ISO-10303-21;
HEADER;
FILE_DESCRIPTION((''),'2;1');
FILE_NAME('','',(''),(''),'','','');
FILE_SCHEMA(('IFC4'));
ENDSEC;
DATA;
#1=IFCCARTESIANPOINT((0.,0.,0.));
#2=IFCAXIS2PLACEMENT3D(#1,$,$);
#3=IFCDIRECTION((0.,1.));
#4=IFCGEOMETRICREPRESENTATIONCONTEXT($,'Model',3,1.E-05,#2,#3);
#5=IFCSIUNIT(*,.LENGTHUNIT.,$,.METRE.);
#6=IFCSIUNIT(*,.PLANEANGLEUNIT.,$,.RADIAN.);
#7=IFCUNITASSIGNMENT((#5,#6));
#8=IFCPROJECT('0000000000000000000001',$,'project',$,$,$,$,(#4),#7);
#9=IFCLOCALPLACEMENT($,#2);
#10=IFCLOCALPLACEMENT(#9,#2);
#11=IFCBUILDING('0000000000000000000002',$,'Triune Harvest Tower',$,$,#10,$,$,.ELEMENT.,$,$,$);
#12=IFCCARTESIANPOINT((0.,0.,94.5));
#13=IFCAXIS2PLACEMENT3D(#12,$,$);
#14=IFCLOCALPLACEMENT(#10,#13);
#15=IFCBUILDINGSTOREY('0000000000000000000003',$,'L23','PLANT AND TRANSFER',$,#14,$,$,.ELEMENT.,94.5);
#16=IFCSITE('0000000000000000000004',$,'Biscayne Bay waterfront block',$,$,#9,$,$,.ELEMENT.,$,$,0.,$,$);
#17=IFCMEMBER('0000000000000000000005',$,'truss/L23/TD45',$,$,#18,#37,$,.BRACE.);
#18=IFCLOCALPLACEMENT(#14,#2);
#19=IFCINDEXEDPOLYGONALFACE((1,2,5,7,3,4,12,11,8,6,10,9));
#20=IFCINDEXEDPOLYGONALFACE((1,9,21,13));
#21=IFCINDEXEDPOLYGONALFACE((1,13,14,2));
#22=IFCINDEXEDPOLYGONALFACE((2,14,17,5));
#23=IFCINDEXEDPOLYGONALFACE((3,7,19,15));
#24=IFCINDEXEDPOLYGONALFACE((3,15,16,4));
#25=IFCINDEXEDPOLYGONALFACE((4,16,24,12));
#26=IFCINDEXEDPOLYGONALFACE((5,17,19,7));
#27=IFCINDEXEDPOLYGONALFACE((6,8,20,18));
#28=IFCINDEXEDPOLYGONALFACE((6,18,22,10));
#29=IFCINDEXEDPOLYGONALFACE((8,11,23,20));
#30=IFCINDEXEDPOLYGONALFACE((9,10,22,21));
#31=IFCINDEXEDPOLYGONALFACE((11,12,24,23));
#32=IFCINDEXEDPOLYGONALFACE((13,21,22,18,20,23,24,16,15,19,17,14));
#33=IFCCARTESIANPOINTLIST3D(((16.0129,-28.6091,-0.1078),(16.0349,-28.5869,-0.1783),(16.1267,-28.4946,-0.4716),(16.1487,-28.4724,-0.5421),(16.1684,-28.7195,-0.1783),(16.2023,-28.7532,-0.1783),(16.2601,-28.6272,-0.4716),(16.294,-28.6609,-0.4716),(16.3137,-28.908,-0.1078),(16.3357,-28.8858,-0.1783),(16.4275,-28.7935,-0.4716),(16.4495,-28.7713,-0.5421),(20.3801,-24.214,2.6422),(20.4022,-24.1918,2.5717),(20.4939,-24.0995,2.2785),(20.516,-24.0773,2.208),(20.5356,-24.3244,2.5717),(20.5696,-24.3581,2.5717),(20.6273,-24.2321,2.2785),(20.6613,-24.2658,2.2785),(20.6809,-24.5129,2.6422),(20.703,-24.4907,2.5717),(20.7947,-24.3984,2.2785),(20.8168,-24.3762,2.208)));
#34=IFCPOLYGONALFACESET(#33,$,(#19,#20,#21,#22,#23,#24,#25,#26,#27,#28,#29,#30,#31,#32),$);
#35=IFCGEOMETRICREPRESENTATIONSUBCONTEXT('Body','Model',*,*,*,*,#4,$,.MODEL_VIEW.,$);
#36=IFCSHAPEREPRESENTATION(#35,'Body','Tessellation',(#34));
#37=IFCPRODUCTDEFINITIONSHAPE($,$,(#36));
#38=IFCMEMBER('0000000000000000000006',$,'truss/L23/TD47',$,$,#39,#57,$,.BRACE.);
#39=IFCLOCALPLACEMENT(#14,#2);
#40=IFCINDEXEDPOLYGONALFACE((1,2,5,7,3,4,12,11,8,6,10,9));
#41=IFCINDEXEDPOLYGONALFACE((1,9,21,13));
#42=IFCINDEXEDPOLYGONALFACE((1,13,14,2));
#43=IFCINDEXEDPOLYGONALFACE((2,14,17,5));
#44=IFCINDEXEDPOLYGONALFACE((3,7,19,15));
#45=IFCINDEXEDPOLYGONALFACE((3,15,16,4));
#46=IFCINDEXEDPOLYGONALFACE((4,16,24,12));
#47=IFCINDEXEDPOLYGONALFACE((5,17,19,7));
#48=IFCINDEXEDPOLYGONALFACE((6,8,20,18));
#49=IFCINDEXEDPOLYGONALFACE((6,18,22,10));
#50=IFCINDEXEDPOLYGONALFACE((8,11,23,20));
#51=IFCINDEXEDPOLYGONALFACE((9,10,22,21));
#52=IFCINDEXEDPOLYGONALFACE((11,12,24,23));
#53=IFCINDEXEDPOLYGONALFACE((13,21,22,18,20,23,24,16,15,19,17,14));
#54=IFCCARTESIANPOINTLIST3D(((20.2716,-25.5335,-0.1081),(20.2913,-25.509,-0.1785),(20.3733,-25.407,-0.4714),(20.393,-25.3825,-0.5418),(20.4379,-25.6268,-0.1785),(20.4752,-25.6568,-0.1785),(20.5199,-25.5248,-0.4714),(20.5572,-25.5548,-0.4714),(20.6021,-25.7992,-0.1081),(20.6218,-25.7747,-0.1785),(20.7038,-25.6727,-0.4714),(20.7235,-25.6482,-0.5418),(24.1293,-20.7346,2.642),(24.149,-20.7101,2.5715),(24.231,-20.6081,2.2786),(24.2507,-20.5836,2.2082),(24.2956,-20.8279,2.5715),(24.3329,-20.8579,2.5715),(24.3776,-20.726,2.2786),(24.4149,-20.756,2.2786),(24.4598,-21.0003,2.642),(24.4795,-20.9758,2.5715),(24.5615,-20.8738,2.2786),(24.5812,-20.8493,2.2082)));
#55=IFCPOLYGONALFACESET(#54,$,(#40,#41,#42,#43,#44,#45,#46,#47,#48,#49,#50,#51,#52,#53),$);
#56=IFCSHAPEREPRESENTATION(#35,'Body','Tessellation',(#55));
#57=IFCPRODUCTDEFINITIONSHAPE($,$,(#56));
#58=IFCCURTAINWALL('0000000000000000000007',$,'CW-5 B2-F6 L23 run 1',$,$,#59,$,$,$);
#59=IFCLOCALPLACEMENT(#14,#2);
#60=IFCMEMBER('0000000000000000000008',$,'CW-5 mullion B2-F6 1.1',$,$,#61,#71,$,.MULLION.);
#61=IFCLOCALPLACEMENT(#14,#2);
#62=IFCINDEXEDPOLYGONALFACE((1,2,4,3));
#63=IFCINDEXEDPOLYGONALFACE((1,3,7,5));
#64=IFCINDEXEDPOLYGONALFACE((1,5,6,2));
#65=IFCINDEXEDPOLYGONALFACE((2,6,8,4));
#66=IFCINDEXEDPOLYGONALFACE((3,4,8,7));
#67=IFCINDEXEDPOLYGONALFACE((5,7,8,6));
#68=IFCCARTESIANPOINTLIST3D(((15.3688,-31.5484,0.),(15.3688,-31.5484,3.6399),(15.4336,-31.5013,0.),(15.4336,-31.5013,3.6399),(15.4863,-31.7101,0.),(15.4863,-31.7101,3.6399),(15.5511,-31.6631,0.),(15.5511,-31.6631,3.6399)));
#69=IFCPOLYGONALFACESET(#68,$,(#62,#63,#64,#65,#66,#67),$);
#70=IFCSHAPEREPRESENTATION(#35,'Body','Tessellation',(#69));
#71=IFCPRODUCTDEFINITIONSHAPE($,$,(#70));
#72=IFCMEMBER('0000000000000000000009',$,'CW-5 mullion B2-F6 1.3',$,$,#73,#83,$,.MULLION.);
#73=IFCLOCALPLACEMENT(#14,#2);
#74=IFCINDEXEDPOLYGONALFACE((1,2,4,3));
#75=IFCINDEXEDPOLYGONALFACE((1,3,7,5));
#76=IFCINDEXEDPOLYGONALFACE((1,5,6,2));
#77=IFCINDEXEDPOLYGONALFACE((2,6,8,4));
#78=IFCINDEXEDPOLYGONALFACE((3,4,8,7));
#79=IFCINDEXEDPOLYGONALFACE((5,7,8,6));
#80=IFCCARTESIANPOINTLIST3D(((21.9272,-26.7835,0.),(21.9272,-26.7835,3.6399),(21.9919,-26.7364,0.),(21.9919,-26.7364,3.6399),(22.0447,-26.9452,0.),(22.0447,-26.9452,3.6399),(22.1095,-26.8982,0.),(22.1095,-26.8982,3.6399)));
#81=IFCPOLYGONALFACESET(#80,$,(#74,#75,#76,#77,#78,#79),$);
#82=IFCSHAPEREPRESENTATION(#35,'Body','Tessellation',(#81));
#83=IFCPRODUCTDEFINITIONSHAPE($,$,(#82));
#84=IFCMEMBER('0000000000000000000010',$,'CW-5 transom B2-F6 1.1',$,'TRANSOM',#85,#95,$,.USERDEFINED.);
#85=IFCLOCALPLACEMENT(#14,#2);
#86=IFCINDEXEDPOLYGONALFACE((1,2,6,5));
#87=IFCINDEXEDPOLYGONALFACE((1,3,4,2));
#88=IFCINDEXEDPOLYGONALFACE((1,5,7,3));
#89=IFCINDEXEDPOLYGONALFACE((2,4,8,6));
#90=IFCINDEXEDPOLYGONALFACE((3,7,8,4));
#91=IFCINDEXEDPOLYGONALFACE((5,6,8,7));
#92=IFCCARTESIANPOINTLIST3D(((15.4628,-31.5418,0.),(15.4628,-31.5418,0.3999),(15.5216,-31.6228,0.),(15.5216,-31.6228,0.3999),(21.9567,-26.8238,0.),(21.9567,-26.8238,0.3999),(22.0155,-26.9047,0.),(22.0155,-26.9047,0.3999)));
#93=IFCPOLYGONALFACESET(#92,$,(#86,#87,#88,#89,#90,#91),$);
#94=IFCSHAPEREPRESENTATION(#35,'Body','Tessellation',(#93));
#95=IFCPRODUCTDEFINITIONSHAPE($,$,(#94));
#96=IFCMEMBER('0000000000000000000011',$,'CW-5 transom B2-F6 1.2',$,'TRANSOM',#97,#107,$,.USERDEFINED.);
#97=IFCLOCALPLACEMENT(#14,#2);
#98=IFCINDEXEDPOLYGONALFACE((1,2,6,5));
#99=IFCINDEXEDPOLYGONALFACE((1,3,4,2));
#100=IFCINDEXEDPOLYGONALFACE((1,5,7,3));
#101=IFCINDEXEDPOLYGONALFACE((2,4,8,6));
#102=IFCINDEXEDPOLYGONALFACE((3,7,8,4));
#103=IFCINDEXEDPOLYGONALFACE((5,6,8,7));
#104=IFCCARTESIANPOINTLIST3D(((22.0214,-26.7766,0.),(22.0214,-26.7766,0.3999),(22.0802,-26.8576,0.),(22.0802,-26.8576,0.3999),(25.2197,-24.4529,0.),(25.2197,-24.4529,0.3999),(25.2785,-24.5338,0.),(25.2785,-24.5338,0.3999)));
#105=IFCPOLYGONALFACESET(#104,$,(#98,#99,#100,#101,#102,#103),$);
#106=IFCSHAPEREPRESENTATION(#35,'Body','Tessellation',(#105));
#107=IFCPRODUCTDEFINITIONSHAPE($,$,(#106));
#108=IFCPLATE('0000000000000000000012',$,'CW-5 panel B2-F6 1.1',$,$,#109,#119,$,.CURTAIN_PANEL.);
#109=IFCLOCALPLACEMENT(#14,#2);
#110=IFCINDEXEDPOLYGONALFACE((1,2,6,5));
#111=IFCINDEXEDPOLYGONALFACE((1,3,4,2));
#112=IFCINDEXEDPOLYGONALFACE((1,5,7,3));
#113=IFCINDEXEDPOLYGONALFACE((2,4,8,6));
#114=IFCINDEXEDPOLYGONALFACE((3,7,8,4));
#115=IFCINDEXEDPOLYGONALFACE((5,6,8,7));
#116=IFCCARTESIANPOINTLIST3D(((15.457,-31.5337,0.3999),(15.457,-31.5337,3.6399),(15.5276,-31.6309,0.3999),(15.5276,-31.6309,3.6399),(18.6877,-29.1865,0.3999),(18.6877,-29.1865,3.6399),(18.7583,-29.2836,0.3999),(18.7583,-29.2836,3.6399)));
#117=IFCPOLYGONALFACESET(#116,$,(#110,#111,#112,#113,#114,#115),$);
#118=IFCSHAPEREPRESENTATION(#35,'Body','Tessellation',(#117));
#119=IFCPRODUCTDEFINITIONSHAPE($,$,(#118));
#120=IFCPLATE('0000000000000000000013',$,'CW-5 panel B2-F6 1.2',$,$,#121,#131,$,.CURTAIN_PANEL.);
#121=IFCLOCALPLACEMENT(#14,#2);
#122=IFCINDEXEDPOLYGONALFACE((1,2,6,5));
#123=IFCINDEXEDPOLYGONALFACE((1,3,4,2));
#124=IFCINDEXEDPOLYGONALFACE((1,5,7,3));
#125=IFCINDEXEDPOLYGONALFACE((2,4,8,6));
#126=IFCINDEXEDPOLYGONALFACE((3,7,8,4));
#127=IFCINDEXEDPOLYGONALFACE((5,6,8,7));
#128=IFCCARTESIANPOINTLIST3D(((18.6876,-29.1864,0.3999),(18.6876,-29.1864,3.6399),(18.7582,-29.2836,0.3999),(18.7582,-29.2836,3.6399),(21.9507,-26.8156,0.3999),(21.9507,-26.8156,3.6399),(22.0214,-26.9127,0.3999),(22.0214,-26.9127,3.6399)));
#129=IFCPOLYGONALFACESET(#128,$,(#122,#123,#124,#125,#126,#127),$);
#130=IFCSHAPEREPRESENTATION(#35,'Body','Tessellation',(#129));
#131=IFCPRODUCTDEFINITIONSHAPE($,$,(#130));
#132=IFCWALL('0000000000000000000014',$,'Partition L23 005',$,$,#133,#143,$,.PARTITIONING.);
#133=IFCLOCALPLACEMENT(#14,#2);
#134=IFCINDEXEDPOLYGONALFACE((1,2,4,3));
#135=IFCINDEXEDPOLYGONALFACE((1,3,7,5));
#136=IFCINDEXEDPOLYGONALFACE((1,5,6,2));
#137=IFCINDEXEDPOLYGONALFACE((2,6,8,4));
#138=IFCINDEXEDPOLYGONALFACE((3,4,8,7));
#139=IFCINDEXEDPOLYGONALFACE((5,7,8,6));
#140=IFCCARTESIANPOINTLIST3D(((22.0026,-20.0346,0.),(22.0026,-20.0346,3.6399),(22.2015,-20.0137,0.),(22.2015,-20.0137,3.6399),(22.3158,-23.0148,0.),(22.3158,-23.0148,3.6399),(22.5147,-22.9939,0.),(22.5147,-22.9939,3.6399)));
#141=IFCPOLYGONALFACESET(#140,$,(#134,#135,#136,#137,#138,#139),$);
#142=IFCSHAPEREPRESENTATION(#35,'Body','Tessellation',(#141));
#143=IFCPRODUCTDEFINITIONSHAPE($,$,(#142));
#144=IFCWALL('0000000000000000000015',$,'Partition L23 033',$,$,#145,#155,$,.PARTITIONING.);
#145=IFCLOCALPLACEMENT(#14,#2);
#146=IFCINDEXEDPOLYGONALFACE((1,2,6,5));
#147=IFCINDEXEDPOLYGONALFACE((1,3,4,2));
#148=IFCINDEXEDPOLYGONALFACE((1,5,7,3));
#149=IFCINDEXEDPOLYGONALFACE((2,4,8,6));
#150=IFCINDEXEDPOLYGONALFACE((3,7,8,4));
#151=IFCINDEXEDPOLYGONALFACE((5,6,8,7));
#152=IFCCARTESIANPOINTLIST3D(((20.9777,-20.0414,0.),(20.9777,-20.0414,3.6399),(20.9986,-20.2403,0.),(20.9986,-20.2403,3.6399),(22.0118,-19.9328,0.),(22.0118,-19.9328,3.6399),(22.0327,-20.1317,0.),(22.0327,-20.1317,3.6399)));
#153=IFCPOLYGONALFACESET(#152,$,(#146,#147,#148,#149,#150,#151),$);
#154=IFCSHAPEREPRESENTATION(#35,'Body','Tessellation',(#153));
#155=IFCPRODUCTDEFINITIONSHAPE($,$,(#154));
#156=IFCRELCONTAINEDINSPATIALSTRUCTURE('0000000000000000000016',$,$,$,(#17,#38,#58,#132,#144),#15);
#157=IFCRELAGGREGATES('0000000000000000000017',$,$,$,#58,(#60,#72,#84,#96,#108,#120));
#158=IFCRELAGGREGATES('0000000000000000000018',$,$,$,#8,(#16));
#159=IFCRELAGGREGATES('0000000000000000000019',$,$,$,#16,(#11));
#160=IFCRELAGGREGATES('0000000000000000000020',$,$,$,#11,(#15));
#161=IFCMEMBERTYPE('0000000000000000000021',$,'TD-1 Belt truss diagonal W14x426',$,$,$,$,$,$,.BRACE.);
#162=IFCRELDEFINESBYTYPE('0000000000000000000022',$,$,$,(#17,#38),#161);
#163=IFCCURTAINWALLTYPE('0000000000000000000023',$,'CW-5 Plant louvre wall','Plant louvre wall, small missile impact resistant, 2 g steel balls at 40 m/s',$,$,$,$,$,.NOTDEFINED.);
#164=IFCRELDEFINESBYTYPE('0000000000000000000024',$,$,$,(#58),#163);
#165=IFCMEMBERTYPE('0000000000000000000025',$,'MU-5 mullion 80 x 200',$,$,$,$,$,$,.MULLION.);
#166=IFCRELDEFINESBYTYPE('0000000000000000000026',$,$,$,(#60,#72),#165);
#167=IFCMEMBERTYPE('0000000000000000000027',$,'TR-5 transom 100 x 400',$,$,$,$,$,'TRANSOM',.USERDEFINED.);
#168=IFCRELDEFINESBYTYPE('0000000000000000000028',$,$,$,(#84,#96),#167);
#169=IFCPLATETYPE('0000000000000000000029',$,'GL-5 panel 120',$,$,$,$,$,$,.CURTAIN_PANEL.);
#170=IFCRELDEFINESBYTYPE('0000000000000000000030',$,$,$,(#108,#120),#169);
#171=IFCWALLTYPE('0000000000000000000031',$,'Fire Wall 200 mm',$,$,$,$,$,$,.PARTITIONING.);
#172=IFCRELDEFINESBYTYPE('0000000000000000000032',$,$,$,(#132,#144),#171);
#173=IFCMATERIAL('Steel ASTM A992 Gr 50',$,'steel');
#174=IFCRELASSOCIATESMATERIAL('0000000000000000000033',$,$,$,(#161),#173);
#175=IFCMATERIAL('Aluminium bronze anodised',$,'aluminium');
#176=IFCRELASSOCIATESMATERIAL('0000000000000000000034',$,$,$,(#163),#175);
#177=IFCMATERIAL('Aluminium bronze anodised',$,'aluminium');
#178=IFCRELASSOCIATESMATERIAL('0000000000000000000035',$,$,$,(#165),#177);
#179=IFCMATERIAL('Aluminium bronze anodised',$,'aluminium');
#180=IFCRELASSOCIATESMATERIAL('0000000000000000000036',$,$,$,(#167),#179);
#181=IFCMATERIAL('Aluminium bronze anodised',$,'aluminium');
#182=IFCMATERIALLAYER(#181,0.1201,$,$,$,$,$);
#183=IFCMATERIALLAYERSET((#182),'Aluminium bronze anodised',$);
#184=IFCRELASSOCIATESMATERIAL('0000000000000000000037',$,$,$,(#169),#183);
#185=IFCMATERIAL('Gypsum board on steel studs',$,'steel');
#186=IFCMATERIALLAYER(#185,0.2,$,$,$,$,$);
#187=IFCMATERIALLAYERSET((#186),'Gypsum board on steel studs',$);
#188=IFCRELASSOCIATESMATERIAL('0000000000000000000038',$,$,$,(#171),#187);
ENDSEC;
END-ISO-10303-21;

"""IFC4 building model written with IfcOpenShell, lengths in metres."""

from ifc_helpers import new_model, si_unit, direction, frame, frame_2d, origin, origin_2d, place, context, subcontext, project, spatial, rectangle, i_section, extrude, source, transform, mapped, material, layer, layer_set, material_profile, profile_set, type_object, element, aggregate, save


model = new_model("IFC4")

# Units and contexts
model_context = context("Model", 3, precision=1e-05, world=origin(), true_north=direction((0.0, 1.0)))
body_context = subcontext(model_context, "Body", "Model", "MODEL_VIEW")
ifc_project = project(units=[si_unit("LENGTHUNIT", "METRE"), si_unit("PLANEANGLEUNIT", "RADIAN")], contexts=[model_context])

# Site, building, storey
site_placement = place(None, origin())
site = spatial("IfcSite", under=ifc_project, at=site_placement, Name="Biscayne Bay waterfront block", CompositionType="ELEMENT", RefElevation=0.0)
building_placement = place(site_placement, origin())
building = spatial("IfcBuilding", under=site, at=building_placement, Name="Triune Harvest Tower", CompositionType="ELEMENT")
storey_placement = place(building_placement, frame((0.0, 0.0, 94.5)))
storey = spatial("IfcBuildingStorey", under=building, at=storey_placement, Name="L23", Description="PLANT AND TRANSFER", CompositionType="ELEMENT", Elevation=94.5)

# Members
ifc_material_1 = material(Name="Steel ASTM A992 Gr 50", Category="steel")
ifc_material_profile_1 = material_profile(ifc_material_1, i_section(OverallWidth=0.4241, OverallDepth=0.4751, WebThickness=0.0479, FlangeThickness=0.0771, at=origin_2d()), Name="W14x426")
ifc_profile_set_1 = profile_set([ifc_material_profile_1], Name="Steel ASTM A992 Gr 50")
member_type_1 = type_object("IfcMemberType", Name="TD-1 Belt truss diagonal W14x426", PredefinedType="BRACE", material=ifc_profile_set_1)
shared_shape_1 = source(origin(), body_context, "Body", "SweptSolid", [
    extrude(i_section(OverallWidth=0.4241, OverallDepth=0.4751, WebThickness=0.0479, FlangeThickness=0.0771, at=origin_2d()), origin(), (0.0, 0.0, 1.0), 6.7788),
])
member_1_placement = place(storey_placement, frame((16.2312, -28.6902, -0.325), z_axis=(0.64425, 0.648356, 0.405681), x_axis=(-0.709349, 0.704857, 0.0)))
element("IfcMember", 1, at=member_1_placement, inside=storey, type_object=member_type_1, Name="truss/L23/TD45", PredefinedType="BRACE", context=body_context, shape_type="MappedRepresentation", body=[
    mapped(shared_shape_1, transform((0.0, 0.0, 0.0), scale=1.0)),
])
shared_shape_2 = source(origin(), body_context, "Body", "SweptSolid", [
    extrude(i_section(OverallWidth=0.4241, OverallDepth=0.4751, WebThickness=0.0479, FlangeThickness=0.0771, at=origin_2d()), origin(), (0.0, 0.0, 1.0), 6.7434),
])
member_2_placement = place(storey_placement, frame((20.4976, -25.5908, -0.325), z_axis=(0.572069, 0.711638, 0.407809), x_axis=(-0.779393, 0.626536, 0.0)))
element("IfcMember", 2, at=member_2_placement, inside=storey, type_object=member_type_1, Name="truss/L23/TD47", PredefinedType="BRACE", context=body_context, shape_type="MappedRepresentation", body=[
    mapped(shared_shape_2, transform((0.0, 0.0, 0.0), scale=1.0)),
])

# Curtain wall, members, plates
ifc_material_2 = material(Name="Aluminium bronze anodised", Category="aluminium")
curtain_wall_type = type_object("IfcCurtainWallType", Name="CW-5 Plant louvre wall", Description="Plant louvre wall, small missile impact resistant, 2 g steel balls at 40 m/s", PredefinedType="NOTDEFINED", material=ifc_material_2)
curtain_wall_placement = place(storey_placement, origin())
curtain_wall = element("IfcCurtainWall", 3, at=curtain_wall_placement, inside=storey, type_object=curtain_wall_type, Name="CW-5 B2-F6 L23 run 1")
ifc_material_3 = material(Name="Aluminium bronze anodised", Category="aluminium")
ifc_material_profile_2 = material_profile(ifc_material_3, rectangle(XDim=0.2, YDim=0.0801, at=origin_2d()), Name="MU-5 mullion 80 x 200")
ifc_profile_set_2 = profile_set([ifc_material_profile_2], Name="Aluminium bronze anodised")
member_type_2 = type_object("IfcMemberType", Name="MU-5 mullion 80 x 200", PredefinedType="MULLION", material=ifc_profile_set_2)
shared_shape_3 = source(origin(), body_context, "Body", "SweptSolid", [
    extrude(rectangle(XDim=0.2, YDim=0.0801, at=origin_2d()), origin(), (0.0, 0.0, 1.0), 3.6399),
])
member_3_placement = place(storey_placement, frame((15.46, -31.6057, 0.0), z_axis=(0.0, 0.0, 1.0), x_axis=(-0.58779, 0.809013, 0.0)))
member_3 = element("IfcMember", 4, at=member_3_placement, type_object=member_type_2, Name="CW-5 mullion B2-F6 1.1", PredefinedType="MULLION", context=body_context, shape_type="MappedRepresentation", body=[
    mapped(shared_shape_3, transform((0.0, 0.0, 0.0), scale=1.0)),
])
member_4_placement = place(storey_placement, frame((22.0183, -26.8408, 0.0), z_axis=(0.0, 0.0, 1.0), x_axis=(-0.58779, 0.809013, 0.0)))
member_4 = element("IfcMember", 5, at=member_4_placement, type_object=member_type_2, Name="CW-5 mullion B2-F6 1.3", PredefinedType="MULLION", context=body_context, shape_type="MappedRepresentation", body=[
    mapped(shared_shape_3, transform((0.0, 0.0, 0.0), scale=1.0)),
])
ifc_material_4 = material(Name="Aluminium bronze anodised", Category="aluminium")
ifc_material_profile_3 = material_profile(ifc_material_4, rectangle(XDim=0.1001, YDim=0.3999, at=origin_2d()), Name="TR-5 transom 100 x 400")
ifc_profile_set_3 = profile_set([ifc_material_profile_3], Name="Aluminium bronze anodised")
member_type_3 = type_object("IfcMemberType", Name="TR-5 transom 100 x 400", ElementType="TRANSOM", PredefinedType="USERDEFINED", material=ifc_profile_set_3)
shared_shape_4 = source(origin(), body_context, "Body", "SweptSolid", [
    extrude(rectangle(XDim=0.1001, YDim=0.3999, at=origin_2d()), origin(), (0.0, 0.0, 1.0), 8.0269),
])
member_5_placement = place(storey_placement, frame((15.4922, -31.5823, 0.2), z_axis=(0.809021, 0.587779, 0.0), x_axis=(-0.587779, 0.809021, 0.0)))
member_5 = element("IfcMember", 6, at=member_5_placement, type_object=member_type_3, Name="CW-5 transom B2-F6 1.1", ObjectType="TRANSOM", PredefinedType="USERDEFINED", context=body_context, shape_type="MappedRepresentation", body=[
    mapped(shared_shape_4, transform((0.0, 0.0, 0.0), scale=1.0)),
])
shared_shape_5 = source(origin(), body_context, "Body", "SweptSolid", [
    extrude(rectangle(XDim=0.1001, YDim=0.3999, at=origin_2d()), origin(), (0.0, 0.0, 1.0), 3.9534),
])
member_6_placement = place(storey_placement, frame((22.0508, -26.8171, 0.2), z_axis=(0.809008, 0.587797, 0.0), x_axis=(-0.587797, 0.809008, 0.0)))
member_6 = element("IfcMember", 7, at=member_6_placement, type_object=member_type_3, Name="CW-5 transom B2-F6 1.2", ObjectType="TRANSOM", PredefinedType="USERDEFINED", context=body_context, shape_type="MappedRepresentation", body=[
    mapped(shared_shape_5, transform((0.0, 0.0, 0.0), scale=1.0)),
])
ifc_material_5 = material(Name="Aluminium bronze anodised", Category="aluminium")
ifc_layer_1 = layer(ifc_material_5, 0.1201)
ifc_layer_set_1 = layer_set([ifc_layer_1], Name="Aluminium bronze anodised")
plate_type = type_object("IfcPlateType", Name="GL-5 panel 120", PredefinedType="CURTAIN_PANEL", material=ifc_layer_set_1)
shared_shape_6 = source(origin(), body_context, "Body", "SweptSolid", [
    extrude(rectangle(XDim=3.9934, YDim=0.1201, at=origin_2d()), origin(), (0.0, 0.0, 1.0), 3.24),
])
plate_1_placement = place(storey_placement, frame((17.1077, -30.4087, 0.3999), z_axis=(0.0, 0.0, 1.0), x_axis=(0.809013, 0.58779, 0.0)))
plate_1 = element("IfcPlate", 8, at=plate_1_placement, type_object=plate_type, Name="CW-5 panel B2-F6 1.1", PredefinedType="CURTAIN_PANEL", context=body_context, shape_type="MappedRepresentation", body=[
    mapped(shared_shape_6, transform((0.0, 0.0, 0.0), scale=1.0)),
])
shared_shape_7 = source(origin(), body_context, "Body", "SweptSolid", [
    extrude(rectangle(XDim=4.0334, YDim=0.1201, at=origin_2d()), origin(), (0.0, 0.0, 1.0), 3.24),
])
plate_2_placement = place(storey_placement, frame((20.3545, -28.0496, 0.3999), z_axis=(0.0, 0.0, 1.0), x_axis=(0.809013, 0.58779, 0.0)))
plate_2 = element("IfcPlate", 9, at=plate_2_placement, type_object=plate_type, Name="CW-5 panel B2-F6 1.2", PredefinedType="CURTAIN_PANEL", context=body_context, shape_type="MappedRepresentation", body=[
    mapped(shared_shape_7, transform((0.0, 0.0, 0.0), scale=1.0)),
])
aggregate(curtain_wall, [member_3, member_4, member_5, member_6, plate_1, plate_2])

# Walls
ifc_material_6 = material(Name="Gypsum board on steel studs", Category="steel")
ifc_layer_2 = layer(ifc_material_6, 0.2)
ifc_layer_set_2 = layer_set([ifc_layer_2], Name="Gypsum board on steel studs")
wall_type = type_object("IfcWallType", Name="Fire Wall 200 mm", PredefinedType="PARTITIONING", material=ifc_layer_set_2)
wall_1_placement = place(storey_placement, frame((22.1021, -20.0242, 0.0), z_axis=(0.0, 0.0, 1.0), x_axis=(0.104528, -0.994522, 0.0)))
element("IfcWall", 10, at=wall_1_placement, inside=storey, type_object=wall_type, Name="Partition L23 005", PredefinedType="PARTITIONING", context=body_context, shape_type="SweptSolid", body=[
    extrude(rectangle(XDim=2.9966, YDim=0.2, at=frame_2d((1.4983, 0.0))), origin(), (0.0, 0.0, 1.0), 3.6399),
])
wall_2_placement = place(storey_placement, frame((20.988, -20.1409, 0.0), z_axis=(0.0, 0.0, 1.0), x_axis=(0.994527, 0.104477, 0.0)))
element("IfcWall", 11, at=wall_2_placement, inside=storey, type_object=wall_type, Name="Partition L23 033", PredefinedType="PARTITIONING", context=body_context, shape_type="SweptSolid", body=[
    extrude(rectangle(XDim=1.0398, YDim=0.2, at=frame_2d((0.52, 0.0))), origin(), (0.0, 0.0, 1.0), 3.6399),
])

save(model, "model.ifc")
